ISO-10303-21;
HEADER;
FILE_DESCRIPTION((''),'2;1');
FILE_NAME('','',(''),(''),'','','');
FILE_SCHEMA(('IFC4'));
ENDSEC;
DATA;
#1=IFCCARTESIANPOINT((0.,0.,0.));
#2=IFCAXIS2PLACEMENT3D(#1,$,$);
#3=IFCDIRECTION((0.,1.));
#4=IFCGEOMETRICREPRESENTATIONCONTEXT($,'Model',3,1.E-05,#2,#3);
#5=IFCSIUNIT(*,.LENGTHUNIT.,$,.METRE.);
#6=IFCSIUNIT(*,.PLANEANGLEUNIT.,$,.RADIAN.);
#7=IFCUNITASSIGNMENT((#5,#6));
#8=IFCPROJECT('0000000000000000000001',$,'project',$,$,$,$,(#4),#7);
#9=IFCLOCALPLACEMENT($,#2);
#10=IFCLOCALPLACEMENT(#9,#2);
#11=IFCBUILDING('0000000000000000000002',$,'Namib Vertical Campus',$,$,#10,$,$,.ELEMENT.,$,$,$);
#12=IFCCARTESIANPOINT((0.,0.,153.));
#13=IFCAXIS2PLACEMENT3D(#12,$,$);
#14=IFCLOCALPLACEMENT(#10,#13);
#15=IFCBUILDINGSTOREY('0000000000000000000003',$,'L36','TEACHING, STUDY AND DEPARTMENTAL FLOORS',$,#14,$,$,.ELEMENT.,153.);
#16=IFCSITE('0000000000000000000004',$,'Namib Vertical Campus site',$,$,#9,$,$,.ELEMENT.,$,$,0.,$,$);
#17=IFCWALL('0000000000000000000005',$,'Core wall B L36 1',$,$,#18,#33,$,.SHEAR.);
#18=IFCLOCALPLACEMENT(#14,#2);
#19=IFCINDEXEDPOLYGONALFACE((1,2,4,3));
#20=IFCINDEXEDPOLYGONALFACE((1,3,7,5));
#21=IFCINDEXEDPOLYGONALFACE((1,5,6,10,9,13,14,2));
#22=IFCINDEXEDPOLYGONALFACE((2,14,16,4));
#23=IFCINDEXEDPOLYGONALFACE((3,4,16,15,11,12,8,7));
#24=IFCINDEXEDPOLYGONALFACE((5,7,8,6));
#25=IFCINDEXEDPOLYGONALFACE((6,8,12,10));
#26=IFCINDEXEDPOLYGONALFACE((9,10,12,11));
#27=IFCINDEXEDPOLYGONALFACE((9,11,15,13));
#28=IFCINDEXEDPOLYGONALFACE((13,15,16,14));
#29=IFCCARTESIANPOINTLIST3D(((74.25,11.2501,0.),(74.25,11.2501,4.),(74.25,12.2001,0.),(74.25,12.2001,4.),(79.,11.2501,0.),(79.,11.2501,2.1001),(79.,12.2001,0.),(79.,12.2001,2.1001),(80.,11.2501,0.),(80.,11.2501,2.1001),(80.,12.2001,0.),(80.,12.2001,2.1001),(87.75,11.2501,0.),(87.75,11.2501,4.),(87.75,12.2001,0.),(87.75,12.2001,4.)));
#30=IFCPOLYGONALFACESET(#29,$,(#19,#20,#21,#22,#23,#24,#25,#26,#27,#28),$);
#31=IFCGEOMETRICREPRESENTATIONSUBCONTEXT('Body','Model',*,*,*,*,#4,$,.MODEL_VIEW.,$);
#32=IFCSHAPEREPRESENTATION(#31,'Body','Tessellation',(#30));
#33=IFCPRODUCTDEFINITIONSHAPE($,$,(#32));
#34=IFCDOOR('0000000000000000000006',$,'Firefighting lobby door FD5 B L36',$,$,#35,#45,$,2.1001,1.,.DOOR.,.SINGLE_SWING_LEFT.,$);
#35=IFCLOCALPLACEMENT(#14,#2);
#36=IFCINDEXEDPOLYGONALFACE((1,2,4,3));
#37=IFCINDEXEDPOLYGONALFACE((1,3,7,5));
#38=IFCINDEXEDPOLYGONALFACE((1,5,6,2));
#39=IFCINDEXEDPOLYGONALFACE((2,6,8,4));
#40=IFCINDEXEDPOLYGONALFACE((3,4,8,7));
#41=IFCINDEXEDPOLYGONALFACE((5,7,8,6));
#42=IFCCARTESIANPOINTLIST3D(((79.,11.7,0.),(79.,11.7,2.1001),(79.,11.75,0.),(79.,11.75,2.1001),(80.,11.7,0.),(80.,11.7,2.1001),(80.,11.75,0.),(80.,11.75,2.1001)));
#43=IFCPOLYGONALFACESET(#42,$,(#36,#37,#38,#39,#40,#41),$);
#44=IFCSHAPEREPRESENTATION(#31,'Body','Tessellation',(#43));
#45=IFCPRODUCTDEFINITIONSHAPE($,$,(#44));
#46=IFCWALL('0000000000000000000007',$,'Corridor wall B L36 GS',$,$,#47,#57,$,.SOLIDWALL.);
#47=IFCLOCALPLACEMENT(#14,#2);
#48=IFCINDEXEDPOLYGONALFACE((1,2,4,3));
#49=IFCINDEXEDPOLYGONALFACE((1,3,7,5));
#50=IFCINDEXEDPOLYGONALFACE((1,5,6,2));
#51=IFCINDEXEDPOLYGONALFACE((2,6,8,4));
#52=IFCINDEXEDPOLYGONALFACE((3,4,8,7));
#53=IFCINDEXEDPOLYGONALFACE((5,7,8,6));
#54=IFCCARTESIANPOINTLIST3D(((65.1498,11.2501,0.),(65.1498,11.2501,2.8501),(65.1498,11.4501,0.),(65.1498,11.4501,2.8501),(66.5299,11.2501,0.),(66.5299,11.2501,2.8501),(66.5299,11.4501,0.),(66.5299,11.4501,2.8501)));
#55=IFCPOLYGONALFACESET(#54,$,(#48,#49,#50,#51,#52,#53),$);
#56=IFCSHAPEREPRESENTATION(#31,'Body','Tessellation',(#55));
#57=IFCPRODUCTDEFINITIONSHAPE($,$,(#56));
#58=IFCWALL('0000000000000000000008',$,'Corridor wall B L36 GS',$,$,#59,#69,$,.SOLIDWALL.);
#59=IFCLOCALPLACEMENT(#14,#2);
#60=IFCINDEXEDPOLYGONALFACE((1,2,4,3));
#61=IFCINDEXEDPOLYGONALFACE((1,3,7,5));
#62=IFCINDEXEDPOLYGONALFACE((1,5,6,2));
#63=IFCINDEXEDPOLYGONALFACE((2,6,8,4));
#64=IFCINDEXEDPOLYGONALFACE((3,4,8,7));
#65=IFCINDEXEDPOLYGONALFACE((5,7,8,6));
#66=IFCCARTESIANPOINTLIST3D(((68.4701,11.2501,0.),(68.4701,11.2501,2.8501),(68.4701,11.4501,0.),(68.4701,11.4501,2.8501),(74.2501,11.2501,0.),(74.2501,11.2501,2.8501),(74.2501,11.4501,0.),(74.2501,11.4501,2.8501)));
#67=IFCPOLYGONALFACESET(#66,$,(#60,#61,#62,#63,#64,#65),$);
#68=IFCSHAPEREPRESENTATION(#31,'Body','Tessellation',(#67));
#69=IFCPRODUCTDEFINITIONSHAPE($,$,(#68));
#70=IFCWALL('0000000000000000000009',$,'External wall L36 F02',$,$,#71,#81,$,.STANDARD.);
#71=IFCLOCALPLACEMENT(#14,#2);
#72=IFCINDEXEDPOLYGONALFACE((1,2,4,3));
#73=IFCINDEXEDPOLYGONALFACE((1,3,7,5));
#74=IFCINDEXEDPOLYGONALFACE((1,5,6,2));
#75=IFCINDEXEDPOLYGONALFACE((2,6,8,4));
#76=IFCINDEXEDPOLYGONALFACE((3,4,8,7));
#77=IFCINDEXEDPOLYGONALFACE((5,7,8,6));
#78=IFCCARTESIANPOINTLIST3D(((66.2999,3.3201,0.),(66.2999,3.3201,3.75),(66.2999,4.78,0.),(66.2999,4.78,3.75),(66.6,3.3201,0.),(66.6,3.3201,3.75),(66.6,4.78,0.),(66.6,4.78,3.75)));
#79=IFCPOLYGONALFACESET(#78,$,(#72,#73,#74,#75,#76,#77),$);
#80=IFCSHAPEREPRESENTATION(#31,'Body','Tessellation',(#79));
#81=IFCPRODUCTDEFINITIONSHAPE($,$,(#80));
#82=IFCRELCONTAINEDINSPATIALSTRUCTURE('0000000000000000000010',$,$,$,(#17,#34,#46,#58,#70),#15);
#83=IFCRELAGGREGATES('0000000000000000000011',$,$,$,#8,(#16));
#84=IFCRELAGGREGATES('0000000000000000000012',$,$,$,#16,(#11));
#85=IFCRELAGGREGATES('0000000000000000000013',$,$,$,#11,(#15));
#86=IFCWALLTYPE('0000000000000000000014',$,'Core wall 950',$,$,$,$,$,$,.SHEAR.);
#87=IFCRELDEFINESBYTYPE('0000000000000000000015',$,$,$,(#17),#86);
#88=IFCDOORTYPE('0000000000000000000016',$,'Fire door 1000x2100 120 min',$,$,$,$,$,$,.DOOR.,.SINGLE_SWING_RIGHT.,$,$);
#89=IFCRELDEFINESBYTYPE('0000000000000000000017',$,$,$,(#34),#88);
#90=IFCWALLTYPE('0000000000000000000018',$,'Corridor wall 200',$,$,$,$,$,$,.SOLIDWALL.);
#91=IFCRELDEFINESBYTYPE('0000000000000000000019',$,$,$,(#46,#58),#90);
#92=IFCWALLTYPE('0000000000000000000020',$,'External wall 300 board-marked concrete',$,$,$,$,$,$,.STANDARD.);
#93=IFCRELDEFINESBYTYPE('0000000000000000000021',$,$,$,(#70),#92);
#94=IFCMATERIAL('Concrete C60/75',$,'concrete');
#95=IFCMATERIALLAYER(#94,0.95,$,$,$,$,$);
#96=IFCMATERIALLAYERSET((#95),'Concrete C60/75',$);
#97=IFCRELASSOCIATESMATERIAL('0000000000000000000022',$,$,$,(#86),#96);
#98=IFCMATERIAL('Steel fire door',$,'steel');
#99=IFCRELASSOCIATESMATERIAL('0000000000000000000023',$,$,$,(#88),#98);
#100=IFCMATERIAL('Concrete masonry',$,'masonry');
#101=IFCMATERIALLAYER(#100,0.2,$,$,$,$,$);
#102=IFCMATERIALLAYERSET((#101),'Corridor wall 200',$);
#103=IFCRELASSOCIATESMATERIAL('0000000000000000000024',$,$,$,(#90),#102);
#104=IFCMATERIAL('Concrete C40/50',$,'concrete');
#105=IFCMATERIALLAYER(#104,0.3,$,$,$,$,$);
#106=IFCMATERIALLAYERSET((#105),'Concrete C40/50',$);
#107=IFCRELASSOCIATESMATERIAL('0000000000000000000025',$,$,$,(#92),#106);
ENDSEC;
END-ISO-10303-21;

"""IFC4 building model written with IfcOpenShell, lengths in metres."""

from ifc_helpers import new_model, si_unit, direction, frame, frame_2d, origin, place, context, subcontext, project, spatial, rectangle, extrude, material, layer, layer_set, type_object, element, fill, save


model = new_model("IFC4")

# Units and contexts
model_context = context("Model", 3, precision=1e-05, world=origin(), true_north=direction((0.0, 1.0)))
body_context = subcontext(model_context, "Body", "Model", "MODEL_VIEW")
ifc_project = project(units=[si_unit("LENGTHUNIT", "METRE"), si_unit("PLANEANGLEUNIT", "RADIAN")], contexts=[model_context])

# Site, building, storey
site_placement = place(None, origin())
site = spatial("IfcSite", under=ifc_project, at=site_placement, Name="Namib Vertical Campus site", CompositionType="ELEMENT", RefElevation=0.0)
building_placement = place(site_placement, origin())
building = spatial("IfcBuilding", under=site, at=building_placement, Name="Namib Vertical Campus", CompositionType="ELEMENT")
storey_placement = place(building_placement, frame((0.0, 0.0, 153.0)))
storey = spatial("IfcBuildingStorey", under=building, at=storey_placement, Name="L36", Description="TEACHING, STUDY AND DEPARTMENTAL FLOORS", CompositionType="ELEMENT", Elevation=153.0)

# Wall, opening, door
ifc_material_1 = material(Name="Concrete C60/75", Category="concrete")
ifc_layer_1 = layer(ifc_material_1, 0.95)
ifc_layer_set_1 = layer_set([ifc_layer_1], Name="Concrete C60/75")
wall_type_1 = type_object("IfcWallType", Name="Core wall 950", PredefinedType="SHEAR", material=ifc_layer_set_1)
wall_1_placement = place(storey_placement, frame((74.25, 11.7251, 0.0), z_axis=(0.0, 0.0, 1.0), x_axis=(1.0, 0.0, 0.0)))
wall_1 = element("IfcWall", 1, at=wall_1_placement, inside=storey, type_object=wall_type_1, Name="Core wall B L36 1", PredefinedType="SHEAR", context=body_context, shape_type="SweptSolid", body=[
    extrude(rectangle(XDim=13.5, YDim=0.95, at=frame_2d((6.75, 0.0))), origin(), (0.0, 0.0, 1.0), 4.0),
])
opening_1_placement = place(wall_1_placement, frame((4.75, 0.0, 0.0)))
opening_1 = element("IfcOpeningElement", 2, at=opening_1_placement, cuts=wall_1, PredefinedType="OPENING", context=body_context, shape_type="SweptSolid", body=[
    extrude(rectangle(XDim=1.0, YDim=2.1001, at=frame_2d((0.5, 1.05))), frame((0.0, 0.4849, 0.0), z_axis=(0.0, -1.0, 0.0), x_axis=(1.0, 0.0, 0.0)), (0.0, 0.0, 1.0), 0.97),
])
ifc_material_2 = material(Name="Steel fire door", Category="steel")
door_type = type_object("IfcDoorType", Name="Fire door 1000x2100 120 min", OperationType="SINGLE_SWING_RIGHT", PredefinedType="DOOR", material=ifc_material_2)
door_placement = place(opening_1_placement, origin())
door = element("IfcDoor", 3, at=door_placement, inside=storey, type_object=door_type, Name="Firefighting lobby door FD5 B L36", OperationType="SINGLE_SWING_LEFT", OverallHeight=2.1001, OverallWidth=1.0, PredefinedType="DOOR", context=body_context, shape_type="SweptSolid", body=[
    extrude(rectangle(XDim=1.0, YDim=2.1001, at=frame_2d((0.5, 1.05))), frame((0.0, 0.0249, 0.0), z_axis=(0.0, -1.0, 0.0), x_axis=(1.0, 0.0, 0.0)), (0.0, 0.0, 1.0), 0.05),
])
fill(opening_1, door)

# Walls
ifc_material_3 = material(Name="Concrete masonry", Category="masonry")
ifc_layer_2 = layer(ifc_material_3, 0.2)
ifc_layer_set_2 = layer_set([ifc_layer_2], Name="Corridor wall 200")
wall_type_2 = type_object("IfcWallType", Name="Corridor wall 200", PredefinedType="SOLIDWALL", material=ifc_layer_set_2)
wall_2_placement = place(storey_placement, frame((65.1499, 11.3501, 0.0), z_axis=(0.0, 0.0, 1.0), x_axis=(1.0, 0.0, 0.0)))
element("IfcWall", 4, at=wall_2_placement, inside=storey, type_object=wall_type_2, Name="Corridor wall B L36 GS", PredefinedType="SOLIDWALL", context=body_context, shape_type="SweptSolid", body=[
    extrude(rectangle(XDim=1.3801, YDim=0.2, at=frame_2d((0.6899, 0.0))), origin(), (0.0, 0.0, 1.0), 2.8501),
])
wall_3_placement = place(storey_placement, frame((68.47, 11.3501, 0.0), z_axis=(0.0, 0.0, 1.0), x_axis=(1.0, 0.0, 0.0)))
element("IfcWall", 5, at=wall_3_placement, inside=storey, type_object=wall_type_2, Name="Corridor wall B L36 GS", PredefinedType="SOLIDWALL", context=body_context, shape_type="SweptSolid", body=[
    extrude(rectangle(XDim=5.78, YDim=0.2, at=frame_2d((2.8901, 0.0))), origin(), (0.0, 0.0, 1.0), 2.8501),
])
ifc_material_4 = material(Name="Concrete C40/50", Category="concrete")
ifc_layer_3 = layer(ifc_material_4, 0.3)
ifc_layer_set_3 = layer_set([ifc_layer_3], Name="Concrete C40/50")
wall_type_3 = type_object("IfcWallType", Name="External wall 300 board-marked concrete", PredefinedType="STANDARD", material=ifc_layer_set_3)
wall_4_placement = place(storey_placement, frame((66.45, 4.78, 0.0), z_axis=(0.0, 0.0, 1.0), x_axis=(0.0, -1.0, 0.0)))
element("IfcWall", 6, at=wall_4_placement, inside=storey, type_object=wall_type_3, Name="External wall L36 F02", PredefinedType="STANDARD", context=body_context, shape_type="SweptSolid", body=[
    extrude(rectangle(XDim=1.46, YDim=0.3, at=frame_2d((0.73, 0.0))), origin(), (0.0, 0.0, 1.0), 3.75),
])

save(model, "model.ifc")
